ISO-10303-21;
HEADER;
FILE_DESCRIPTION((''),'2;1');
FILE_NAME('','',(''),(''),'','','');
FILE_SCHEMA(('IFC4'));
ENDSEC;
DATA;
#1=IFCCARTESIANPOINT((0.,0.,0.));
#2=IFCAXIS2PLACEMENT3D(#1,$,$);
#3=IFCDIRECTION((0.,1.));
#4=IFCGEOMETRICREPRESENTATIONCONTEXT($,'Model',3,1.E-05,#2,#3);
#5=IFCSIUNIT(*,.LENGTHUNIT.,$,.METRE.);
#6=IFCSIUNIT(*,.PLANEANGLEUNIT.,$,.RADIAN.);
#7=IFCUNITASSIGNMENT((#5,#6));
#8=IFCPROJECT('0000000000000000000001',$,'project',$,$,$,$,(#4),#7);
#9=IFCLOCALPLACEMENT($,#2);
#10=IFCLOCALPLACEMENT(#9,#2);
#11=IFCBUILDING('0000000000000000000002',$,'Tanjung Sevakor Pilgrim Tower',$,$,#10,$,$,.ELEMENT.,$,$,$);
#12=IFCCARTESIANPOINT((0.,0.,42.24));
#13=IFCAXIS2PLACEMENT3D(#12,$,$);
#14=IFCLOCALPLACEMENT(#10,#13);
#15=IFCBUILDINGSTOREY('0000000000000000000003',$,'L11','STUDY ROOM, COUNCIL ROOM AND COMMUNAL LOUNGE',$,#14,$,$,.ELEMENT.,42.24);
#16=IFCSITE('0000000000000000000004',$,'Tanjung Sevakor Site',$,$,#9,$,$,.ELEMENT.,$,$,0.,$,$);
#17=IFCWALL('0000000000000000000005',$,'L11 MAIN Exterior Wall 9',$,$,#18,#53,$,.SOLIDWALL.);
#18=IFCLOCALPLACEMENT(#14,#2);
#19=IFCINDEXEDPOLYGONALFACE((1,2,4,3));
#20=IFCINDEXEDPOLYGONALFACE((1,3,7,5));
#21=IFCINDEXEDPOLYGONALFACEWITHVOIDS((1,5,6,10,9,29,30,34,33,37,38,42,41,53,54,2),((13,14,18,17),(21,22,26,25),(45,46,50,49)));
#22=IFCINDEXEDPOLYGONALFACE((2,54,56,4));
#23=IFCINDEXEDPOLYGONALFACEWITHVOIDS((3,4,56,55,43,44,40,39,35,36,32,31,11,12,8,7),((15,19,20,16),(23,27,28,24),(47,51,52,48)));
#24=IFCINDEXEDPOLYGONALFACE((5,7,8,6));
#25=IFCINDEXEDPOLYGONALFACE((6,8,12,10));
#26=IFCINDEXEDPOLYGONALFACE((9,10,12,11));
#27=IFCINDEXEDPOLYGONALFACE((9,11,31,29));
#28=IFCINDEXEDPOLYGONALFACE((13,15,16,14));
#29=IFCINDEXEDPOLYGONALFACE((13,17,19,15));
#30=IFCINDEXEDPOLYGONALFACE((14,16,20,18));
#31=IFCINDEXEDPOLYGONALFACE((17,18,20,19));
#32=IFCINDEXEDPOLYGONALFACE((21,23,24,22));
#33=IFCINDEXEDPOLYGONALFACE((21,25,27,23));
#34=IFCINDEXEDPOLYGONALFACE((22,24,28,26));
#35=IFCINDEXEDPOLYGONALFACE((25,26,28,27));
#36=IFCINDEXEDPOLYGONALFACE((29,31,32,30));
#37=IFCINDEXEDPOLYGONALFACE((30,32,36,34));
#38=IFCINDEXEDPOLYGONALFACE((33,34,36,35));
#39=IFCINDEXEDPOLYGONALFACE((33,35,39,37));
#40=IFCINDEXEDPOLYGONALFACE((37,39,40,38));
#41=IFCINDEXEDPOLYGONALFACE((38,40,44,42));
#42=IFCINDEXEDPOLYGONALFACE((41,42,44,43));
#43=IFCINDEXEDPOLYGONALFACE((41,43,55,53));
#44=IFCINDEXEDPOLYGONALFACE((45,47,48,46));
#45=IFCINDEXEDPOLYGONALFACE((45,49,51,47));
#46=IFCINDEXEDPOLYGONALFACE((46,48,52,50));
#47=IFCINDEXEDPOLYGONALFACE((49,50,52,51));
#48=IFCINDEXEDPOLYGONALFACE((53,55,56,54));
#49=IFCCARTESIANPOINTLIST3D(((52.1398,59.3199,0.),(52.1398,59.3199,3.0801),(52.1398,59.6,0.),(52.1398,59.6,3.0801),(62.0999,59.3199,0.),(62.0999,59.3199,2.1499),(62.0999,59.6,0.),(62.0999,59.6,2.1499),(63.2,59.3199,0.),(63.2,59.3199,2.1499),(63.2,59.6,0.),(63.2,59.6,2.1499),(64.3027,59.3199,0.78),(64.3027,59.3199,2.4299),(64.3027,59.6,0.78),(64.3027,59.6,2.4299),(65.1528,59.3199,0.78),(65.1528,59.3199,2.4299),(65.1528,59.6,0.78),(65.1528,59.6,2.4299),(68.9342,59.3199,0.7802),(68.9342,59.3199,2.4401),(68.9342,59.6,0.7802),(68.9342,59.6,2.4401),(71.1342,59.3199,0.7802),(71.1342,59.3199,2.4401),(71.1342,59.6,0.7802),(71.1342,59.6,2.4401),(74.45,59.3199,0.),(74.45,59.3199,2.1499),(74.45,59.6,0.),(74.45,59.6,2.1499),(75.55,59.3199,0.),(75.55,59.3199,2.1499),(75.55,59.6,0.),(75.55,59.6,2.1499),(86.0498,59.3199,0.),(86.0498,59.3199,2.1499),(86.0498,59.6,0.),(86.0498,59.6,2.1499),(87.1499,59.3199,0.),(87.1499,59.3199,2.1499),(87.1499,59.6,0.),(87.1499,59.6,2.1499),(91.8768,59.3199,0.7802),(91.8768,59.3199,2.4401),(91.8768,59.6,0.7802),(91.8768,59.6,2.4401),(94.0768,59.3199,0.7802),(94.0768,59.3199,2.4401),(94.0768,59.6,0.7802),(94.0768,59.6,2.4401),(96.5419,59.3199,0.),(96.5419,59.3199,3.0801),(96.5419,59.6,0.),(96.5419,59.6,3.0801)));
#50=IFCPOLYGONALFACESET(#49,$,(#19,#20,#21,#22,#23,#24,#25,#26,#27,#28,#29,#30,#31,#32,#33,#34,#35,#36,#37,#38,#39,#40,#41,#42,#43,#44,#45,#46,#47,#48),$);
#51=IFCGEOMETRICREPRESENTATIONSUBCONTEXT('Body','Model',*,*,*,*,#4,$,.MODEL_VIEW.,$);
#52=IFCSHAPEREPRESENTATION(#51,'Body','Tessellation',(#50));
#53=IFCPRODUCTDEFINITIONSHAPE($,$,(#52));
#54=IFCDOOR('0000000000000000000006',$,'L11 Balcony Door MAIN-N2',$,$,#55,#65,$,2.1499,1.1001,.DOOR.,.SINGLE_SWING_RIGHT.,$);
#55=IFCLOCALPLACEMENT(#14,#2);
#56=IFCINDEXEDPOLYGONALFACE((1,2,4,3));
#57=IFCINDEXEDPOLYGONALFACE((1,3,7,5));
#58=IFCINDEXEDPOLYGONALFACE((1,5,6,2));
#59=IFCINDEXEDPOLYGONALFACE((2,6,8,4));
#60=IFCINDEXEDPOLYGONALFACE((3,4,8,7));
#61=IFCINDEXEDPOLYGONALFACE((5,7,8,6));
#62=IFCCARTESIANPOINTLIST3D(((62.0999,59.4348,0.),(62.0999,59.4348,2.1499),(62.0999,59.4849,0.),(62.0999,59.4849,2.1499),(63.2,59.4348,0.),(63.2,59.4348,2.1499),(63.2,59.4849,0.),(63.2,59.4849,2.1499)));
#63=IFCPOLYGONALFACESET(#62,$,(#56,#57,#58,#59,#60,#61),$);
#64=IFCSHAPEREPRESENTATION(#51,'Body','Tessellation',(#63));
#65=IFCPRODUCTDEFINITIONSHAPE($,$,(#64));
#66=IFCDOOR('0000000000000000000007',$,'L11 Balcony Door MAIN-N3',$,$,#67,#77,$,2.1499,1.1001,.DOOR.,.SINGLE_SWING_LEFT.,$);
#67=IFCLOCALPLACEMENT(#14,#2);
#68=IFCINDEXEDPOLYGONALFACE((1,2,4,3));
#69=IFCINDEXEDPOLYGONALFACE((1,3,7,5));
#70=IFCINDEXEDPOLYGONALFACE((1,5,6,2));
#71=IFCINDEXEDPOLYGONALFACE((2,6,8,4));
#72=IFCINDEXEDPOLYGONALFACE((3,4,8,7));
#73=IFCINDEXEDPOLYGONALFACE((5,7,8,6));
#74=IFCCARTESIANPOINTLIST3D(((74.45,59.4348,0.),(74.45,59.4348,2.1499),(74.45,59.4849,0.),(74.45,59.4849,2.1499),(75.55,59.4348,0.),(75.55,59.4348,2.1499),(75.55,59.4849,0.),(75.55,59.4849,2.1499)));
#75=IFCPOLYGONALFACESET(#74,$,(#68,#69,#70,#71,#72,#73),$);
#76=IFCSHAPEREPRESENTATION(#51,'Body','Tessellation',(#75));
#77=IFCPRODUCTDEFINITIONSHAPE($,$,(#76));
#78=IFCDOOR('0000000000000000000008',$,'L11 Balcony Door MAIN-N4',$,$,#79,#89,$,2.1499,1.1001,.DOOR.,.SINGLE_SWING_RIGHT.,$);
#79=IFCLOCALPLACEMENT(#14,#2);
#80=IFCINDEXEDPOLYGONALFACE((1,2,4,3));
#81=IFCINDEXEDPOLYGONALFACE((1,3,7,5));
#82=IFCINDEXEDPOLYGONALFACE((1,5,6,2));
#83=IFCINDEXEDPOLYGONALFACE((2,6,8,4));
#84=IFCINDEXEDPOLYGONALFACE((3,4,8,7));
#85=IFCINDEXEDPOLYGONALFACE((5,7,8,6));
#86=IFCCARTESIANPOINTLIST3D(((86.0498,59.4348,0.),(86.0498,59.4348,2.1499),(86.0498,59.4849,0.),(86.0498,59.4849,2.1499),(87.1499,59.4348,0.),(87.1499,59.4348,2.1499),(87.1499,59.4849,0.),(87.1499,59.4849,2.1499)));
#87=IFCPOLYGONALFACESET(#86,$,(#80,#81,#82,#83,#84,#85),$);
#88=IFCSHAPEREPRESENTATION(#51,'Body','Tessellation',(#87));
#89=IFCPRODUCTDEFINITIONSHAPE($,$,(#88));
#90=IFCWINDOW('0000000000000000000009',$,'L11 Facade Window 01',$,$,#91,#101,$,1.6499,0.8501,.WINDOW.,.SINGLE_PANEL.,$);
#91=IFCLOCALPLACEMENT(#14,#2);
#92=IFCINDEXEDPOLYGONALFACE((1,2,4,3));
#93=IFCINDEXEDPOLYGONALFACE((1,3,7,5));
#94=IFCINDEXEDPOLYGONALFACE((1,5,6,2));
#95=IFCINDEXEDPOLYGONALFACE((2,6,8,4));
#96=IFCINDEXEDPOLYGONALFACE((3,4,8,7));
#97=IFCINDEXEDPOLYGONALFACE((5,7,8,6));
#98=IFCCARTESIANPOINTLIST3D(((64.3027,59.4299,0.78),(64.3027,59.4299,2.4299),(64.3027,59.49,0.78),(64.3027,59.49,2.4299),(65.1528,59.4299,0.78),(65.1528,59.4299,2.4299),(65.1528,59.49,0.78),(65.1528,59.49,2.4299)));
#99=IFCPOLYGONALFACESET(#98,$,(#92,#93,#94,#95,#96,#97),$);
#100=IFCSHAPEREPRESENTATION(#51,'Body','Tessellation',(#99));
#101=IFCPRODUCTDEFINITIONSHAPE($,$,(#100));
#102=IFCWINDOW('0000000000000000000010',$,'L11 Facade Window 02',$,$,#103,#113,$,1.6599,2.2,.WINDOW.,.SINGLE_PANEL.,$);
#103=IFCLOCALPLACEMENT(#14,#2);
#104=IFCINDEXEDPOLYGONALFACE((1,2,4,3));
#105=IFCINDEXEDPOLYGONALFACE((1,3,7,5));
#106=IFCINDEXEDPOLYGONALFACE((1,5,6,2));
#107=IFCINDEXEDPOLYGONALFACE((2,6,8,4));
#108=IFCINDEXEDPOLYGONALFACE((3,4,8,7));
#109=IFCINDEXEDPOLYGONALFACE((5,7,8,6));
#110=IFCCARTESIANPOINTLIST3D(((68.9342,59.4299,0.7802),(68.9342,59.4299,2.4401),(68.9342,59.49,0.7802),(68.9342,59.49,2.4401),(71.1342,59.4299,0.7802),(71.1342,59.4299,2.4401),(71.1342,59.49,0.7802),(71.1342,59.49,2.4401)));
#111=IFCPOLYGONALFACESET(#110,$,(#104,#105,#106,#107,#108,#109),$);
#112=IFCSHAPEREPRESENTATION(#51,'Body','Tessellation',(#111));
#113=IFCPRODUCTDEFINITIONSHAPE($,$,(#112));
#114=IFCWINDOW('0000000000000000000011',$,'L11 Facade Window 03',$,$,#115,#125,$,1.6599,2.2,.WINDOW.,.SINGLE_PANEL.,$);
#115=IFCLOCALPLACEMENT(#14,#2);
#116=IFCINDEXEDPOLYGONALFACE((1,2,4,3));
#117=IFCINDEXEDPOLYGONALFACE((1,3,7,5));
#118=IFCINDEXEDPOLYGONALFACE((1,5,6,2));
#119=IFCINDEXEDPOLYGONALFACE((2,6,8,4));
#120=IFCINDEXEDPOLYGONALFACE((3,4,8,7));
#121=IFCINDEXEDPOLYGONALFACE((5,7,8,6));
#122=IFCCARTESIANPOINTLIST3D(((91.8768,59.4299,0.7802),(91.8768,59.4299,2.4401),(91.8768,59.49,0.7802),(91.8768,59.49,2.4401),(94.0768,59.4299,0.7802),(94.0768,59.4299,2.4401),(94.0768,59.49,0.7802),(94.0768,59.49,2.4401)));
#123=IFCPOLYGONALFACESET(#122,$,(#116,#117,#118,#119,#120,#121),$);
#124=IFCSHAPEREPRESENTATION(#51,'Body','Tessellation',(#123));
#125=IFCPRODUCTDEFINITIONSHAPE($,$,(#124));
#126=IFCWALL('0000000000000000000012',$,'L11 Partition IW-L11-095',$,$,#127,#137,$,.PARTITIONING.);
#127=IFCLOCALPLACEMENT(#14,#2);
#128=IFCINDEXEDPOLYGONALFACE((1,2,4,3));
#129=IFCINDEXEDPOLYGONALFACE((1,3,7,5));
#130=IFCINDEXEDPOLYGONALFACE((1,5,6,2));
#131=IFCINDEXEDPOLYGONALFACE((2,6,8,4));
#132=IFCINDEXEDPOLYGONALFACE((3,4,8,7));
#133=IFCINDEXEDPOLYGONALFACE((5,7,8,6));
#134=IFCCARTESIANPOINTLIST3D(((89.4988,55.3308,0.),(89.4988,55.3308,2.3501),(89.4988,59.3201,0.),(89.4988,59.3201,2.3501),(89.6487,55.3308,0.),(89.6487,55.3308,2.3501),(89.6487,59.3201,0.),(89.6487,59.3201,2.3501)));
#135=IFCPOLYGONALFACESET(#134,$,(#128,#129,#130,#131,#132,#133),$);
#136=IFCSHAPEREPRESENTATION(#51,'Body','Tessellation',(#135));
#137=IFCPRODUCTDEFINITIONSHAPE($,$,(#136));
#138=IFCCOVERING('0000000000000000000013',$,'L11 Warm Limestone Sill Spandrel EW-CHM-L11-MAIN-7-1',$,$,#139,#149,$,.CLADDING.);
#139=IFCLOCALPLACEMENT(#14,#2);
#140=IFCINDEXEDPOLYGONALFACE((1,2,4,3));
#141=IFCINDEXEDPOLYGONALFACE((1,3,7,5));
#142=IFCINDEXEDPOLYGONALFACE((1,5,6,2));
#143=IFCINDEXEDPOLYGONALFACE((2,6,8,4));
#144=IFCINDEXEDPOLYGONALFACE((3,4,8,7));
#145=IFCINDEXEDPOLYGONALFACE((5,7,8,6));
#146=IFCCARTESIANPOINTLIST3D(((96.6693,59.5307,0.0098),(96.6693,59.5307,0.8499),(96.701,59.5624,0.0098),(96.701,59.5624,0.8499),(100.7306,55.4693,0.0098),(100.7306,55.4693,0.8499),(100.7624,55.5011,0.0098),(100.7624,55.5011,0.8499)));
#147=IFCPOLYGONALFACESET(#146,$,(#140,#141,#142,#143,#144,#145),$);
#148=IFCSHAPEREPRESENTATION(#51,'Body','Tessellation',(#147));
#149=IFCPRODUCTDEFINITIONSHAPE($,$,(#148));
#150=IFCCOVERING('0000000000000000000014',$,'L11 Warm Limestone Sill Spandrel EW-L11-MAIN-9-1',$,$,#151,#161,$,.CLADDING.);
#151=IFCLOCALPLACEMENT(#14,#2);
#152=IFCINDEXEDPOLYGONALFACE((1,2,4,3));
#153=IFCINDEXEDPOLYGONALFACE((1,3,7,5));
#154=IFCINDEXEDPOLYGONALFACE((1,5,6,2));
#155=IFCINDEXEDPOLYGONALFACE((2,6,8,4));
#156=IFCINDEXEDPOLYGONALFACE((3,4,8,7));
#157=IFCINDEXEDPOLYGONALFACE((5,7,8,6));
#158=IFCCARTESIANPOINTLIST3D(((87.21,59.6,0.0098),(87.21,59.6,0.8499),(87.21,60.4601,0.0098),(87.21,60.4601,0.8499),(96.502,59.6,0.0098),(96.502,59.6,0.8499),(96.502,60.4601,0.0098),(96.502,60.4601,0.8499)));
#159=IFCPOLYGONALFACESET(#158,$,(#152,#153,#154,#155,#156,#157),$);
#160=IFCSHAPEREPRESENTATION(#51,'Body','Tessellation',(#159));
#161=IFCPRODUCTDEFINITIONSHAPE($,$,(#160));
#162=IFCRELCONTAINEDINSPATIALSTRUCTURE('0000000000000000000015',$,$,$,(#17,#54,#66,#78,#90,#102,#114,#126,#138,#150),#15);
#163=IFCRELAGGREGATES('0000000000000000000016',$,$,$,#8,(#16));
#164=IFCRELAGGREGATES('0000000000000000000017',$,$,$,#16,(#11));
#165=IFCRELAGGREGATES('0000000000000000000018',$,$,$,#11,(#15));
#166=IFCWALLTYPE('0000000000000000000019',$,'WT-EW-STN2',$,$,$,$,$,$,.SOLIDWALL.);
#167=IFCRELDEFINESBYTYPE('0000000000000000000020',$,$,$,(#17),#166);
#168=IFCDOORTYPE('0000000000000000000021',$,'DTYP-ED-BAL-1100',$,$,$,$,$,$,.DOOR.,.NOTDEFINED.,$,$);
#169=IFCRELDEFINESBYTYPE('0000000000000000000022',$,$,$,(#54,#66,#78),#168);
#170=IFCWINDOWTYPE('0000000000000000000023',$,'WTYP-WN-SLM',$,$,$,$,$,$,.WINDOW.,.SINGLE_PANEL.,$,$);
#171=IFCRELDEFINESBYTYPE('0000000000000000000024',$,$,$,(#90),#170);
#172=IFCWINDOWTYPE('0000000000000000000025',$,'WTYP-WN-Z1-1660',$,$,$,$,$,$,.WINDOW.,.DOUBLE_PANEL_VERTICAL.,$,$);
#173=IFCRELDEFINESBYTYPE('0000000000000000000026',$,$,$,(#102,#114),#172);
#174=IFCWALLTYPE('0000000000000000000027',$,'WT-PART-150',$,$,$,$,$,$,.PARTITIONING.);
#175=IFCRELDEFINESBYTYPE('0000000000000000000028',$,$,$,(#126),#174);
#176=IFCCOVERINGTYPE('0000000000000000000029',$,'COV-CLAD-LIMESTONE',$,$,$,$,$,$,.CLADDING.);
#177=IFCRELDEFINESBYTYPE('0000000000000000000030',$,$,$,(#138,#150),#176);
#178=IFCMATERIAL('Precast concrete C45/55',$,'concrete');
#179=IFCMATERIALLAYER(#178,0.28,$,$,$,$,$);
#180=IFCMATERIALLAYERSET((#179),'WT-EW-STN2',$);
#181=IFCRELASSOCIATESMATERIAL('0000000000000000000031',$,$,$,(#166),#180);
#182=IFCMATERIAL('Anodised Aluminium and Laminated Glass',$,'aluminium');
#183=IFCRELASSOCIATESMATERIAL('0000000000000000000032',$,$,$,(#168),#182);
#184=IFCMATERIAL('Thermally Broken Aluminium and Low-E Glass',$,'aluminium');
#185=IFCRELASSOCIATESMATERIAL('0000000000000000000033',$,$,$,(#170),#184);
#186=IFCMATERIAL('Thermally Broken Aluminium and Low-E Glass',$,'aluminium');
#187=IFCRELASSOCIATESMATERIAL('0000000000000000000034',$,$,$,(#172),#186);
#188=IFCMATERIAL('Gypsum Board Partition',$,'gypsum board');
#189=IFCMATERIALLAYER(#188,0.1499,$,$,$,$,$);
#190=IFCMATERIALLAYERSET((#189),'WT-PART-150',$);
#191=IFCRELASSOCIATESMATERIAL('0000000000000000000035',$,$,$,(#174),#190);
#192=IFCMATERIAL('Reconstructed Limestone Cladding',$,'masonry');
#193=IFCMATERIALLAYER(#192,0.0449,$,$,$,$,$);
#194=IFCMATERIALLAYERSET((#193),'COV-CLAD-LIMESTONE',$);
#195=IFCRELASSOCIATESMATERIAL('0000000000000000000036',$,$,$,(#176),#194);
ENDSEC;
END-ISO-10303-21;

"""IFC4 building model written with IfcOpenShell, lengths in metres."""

from ifc_helpers import new_model, si_unit, direction, frame, frame_2d, origin, origin_2d, place, context, subcontext, project, spatial, rectangle, extrude, material, layer, layer_set, type_object, element, fill, save


model = new_model("IFC4")

# Units and contexts
model_context = context("Model", 3, precision=1e-05, world=origin(), true_north=direction((0.0, 1.0)))
body_context = subcontext(model_context, "Body", "Model", "MODEL_VIEW")
ifc_project = project(units=[si_unit("LENGTHUNIT", "METRE"), si_unit("PLANEANGLEUNIT", "RADIAN")], contexts=[model_context])

# Site, building, storey
site_placement = place(None, origin())
site = spatial("IfcSite", under=ifc_project, at=site_placement, Name="Tanjung Sevakor Site", CompositionType="ELEMENT", RefElevation=0.0)
building_placement = place(site_placement, origin())
building = spatial("IfcBuilding", under=site, at=building_placement, Name="Tanjung Sevakor Pilgrim Tower", CompositionType="ELEMENT")
storey_placement = place(building_placement, frame((0.0, 0.0, 42.24)))
storey = spatial("IfcBuildingStorey", under=building, at=storey_placement, Name="L11", Description="STUDY ROOM, COUNCIL ROOM AND COMMUNAL LOUNGE", CompositionType="ELEMENT", Elevation=42.24)

# Shared definitions
ifc_material_1 = material(Name="Precast concrete C45/55", Category="concrete")
ifc_layer_1 = layer(ifc_material_1, 0.28)
ifc_layer_set_1 = layer_set([ifc_layer_1], Name="WT-EW-STN2")
wall_type_1 = type_object("IfcWallType", Name="WT-EW-STN2", PredefinedType="SOLIDWALL", material=ifc_layer_set_1)

# Wall, openings, doors, windows
wall_1_placement = place(storey_placement, frame((96.542, 59.46, 0.0), z_axis=(0.0, 0.0, 1.0), x_axis=(-1.0, 0.0, 0.0)))
wall_1 = element("IfcWall", 1, at=wall_1_placement, inside=storey, type_object=wall_type_1, Name="L11 MAIN Exterior Wall 9", PredefinedType="SOLIDWALL", context=body_context, shape_type="SweptSolid", body=[
    extrude(rectangle(XDim=44.4021, YDim=0.28, at=frame_2d((22.2012, 0.0))), origin(), (0.0, 0.0, 1.0), 3.0801),
])
opening_1_placement = place(wall_1_placement, frame((33.342, 0.0, 0.0)))
opening_1 = element("IfcOpeningElement", 2, at=opening_1_placement, cuts=wall_1, PredefinedType="OPENING", context=body_context, shape_type="SweptSolid", body=[
    extrude(rectangle(XDim=1.1001, YDim=2.1499, at=frame_2d((0.55, 1.075))), frame((0.0, 0.1499, 0.0), z_axis=(0.0, -1.0, 0.0), x_axis=(1.0, 0.0, 0.0)), (0.0, 0.0, 1.0), 0.3),
])
opening_2_placement = place(wall_1_placement, frame((20.9919, 0.0, 0.0)))
opening_2 = element("IfcOpeningElement", 3, at=opening_2_placement, cuts=wall_1, PredefinedType="OPENING", context=body_context, shape_type="SweptSolid", body=[
    extrude(rectangle(XDim=1.1001, YDim=2.1499, at=frame_2d((0.55, 1.075))), frame((0.0, 0.1499, 0.0), z_axis=(0.0, -1.0, 0.0), x_axis=(1.0, 0.0, 0.0)), (0.0, 0.0, 1.0), 0.3),
])
opening_3_placement = place(wall_1_placement, frame((9.3921, 0.0, 0.0)))
opening_3 = element("IfcOpeningElement", 4, at=opening_3_placement, cuts=wall_1, PredefinedType="OPENING", context=body_context, shape_type="SweptSolid", body=[
    extrude(rectangle(XDim=1.1001, YDim=2.1499, at=frame_2d((0.55, 1.075))), frame((0.0, 0.1499, 0.0), z_axis=(0.0, -1.0, 0.0), x_axis=(1.0, 0.0, 0.0)), (0.0, 0.0, 1.0), 0.3),
])
opening_4_placement = place(wall_1_placement, frame((31.3892, 0.0, 0.78)))
opening_4 = element("IfcOpeningElement", 5, at=opening_4_placement, cuts=wall_1, PredefinedType="OPENING", context=body_context, shape_type="SweptSolid", body=[
    extrude(rectangle(XDim=0.8501, YDim=1.6499, at=frame_2d((0.425, 0.825))), frame((0.0, 0.1499, 0.0), z_axis=(0.0, -1.0, 0.0), x_axis=(1.0, 0.0, 0.0)), (0.0, 0.0, 1.0), 0.3),
])
opening_5_placement = place(wall_1_placement, frame((25.4077, 0.0, 0.78)))
opening_5 = element("IfcOpeningElement", 6, at=opening_5_placement, cuts=wall_1, PredefinedType="OPENING", context=body_context, shape_type="SweptSolid", body=[
    extrude(rectangle(XDim=2.2, YDim=1.6599, at=frame_2d((1.1001, 0.8301))), frame((0.0, 0.1499, 0.0), z_axis=(0.0, -1.0, 0.0), x_axis=(1.0, 0.0, 0.0)), (0.0, 0.0, 1.0), 0.3),
])
opening_6_placement = place(wall_1_placement, frame((2.4651, 0.0, 0.78)))
opening_6 = element("IfcOpeningElement", 7, at=opening_6_placement, cuts=wall_1, PredefinedType="OPENING", context=body_context, shape_type="SweptSolid", body=[
    extrude(rectangle(XDim=2.2, YDim=1.6599, at=frame_2d((1.1001, 0.8301))), frame((0.0, 0.1499, 0.0), z_axis=(0.0, -1.0, 0.0), x_axis=(1.0, 0.0, 0.0)), (0.0, 0.0, 1.0), 0.3),
])
ifc_material_2 = material(Name="Anodised Aluminium and Laminated Glass", Category="aluminium")
door_type = type_object("IfcDoorType", Name="DTYP-ED-BAL-1100", OperationType="NOTDEFINED", PredefinedType="DOOR", material=ifc_material_2)
door_1_placement = place(opening_1_placement, frame((1.1001, 0.0, 0.0), z_axis=(0.0, 0.0, 1.0), x_axis=(-1.0, 0.0, 0.0)))
door_1 = element("IfcDoor", 8, at=door_1_placement, inside=storey, type_object=door_type, Name="L11 Balcony Door MAIN-N2", OperationType="SINGLE_SWING_RIGHT", OverallHeight=2.1499, OverallWidth=1.1001, PredefinedType="DOOR", context=body_context, shape_type="SweptSolid", body=[
    extrude(rectangle(XDim=1.1001, YDim=2.1499, at=frame_2d((0.55, 1.075))), frame((0.0, 0.0249, 0.0), z_axis=(0.0, -1.0, 0.0), x_axis=(1.0, 0.0, 0.0)), (0.0, 0.0, 1.0), 0.05),
])
fill(opening_1, door_1)
door_2_placement = place(opening_2_placement, frame((1.1001, 0.0, 0.0), z_axis=(0.0, 0.0, 1.0), x_axis=(-1.0, 0.0, 0.0)))
door_2 = element("IfcDoor", 9, at=door_2_placement, inside=storey, type_object=door_type, Name="L11 Balcony Door MAIN-N3", OperationType="SINGLE_SWING_LEFT", OverallHeight=2.1499, OverallWidth=1.1001, PredefinedType="DOOR", context=body_context, shape_type="SweptSolid", body=[
    extrude(rectangle(XDim=1.1001, YDim=2.1499, at=frame_2d((0.55, 1.075))), frame((0.0, 0.0249, 0.0), z_axis=(0.0, -1.0, 0.0), x_axis=(1.0, 0.0, 0.0)), (0.0, 0.0, 1.0), 0.05),
])
fill(opening_2, door_2)
door_3_placement = place(opening_3_placement, frame((1.1001, 0.0, 0.0), z_axis=(0.0, 0.0, 1.0), x_axis=(-1.0, 0.0, 0.0)))
door_3 = element("IfcDoor", 10, at=door_3_placement, inside=storey, type_object=door_type, Name="L11 Balcony Door MAIN-N4", OperationType="SINGLE_SWING_RIGHT", OverallHeight=2.1499, OverallWidth=1.1001, PredefinedType="DOOR", context=body_context, shape_type="SweptSolid", body=[
    extrude(rectangle(XDim=1.1001, YDim=2.1499, at=frame_2d((0.55, 1.075))), frame((0.0, 0.0249, 0.0), z_axis=(0.0, -1.0, 0.0), x_axis=(1.0, 0.0, 0.0)), (0.0, 0.0, 1.0), 0.05),
])
fill(opening_3, door_3)
ifc_material_3 = material(Name="Thermally Broken Aluminium and Low-E Glass", Category="aluminium")
window_type_1 = type_object("IfcWindowType", Name="WTYP-WN-SLM", PartitioningType="SINGLE_PANEL", PredefinedType="WINDOW", material=ifc_material_3)
window_1_placement = place(opening_4_placement, origin())
window_1 = element("IfcWindow", 11, at=window_1_placement, inside=storey, type_object=window_type_1, Name="L11 Facade Window 01", OverallHeight=1.6499, OverallWidth=0.8501, PartitioningType="SINGLE_PANEL", PredefinedType="WINDOW", context=body_context, shape_type="SweptSolid", body=[
    extrude(rectangle(XDim=0.8501, YDim=1.6499, at=frame_2d((0.425, 0.825))), frame((0.0, 0.03, 0.0), z_axis=(0.0, -1.0, 0.0), x_axis=(1.0, 0.0, 0.0)), (0.0, 0.0, 1.0), 0.0601),
])
fill(opening_4, window_1)
ifc_material_4 = material(Name="Thermally Broken Aluminium and Low-E Glass", Category="aluminium")
window_type_2 = type_object("IfcWindowType", Name="WTYP-WN-Z1-1660", PartitioningType="DOUBLE_PANEL_VERTICAL", PredefinedType="WINDOW", material=ifc_material_4)
window_2_placement = place(opening_5_placement, origin())
window_2 = element("IfcWindow", 12, at=window_2_placement, inside=storey, type_object=window_type_2, Name="L11 Facade Window 02", OverallHeight=1.6599, OverallWidth=2.2, PartitioningType="SINGLE_PANEL", PredefinedType="WINDOW", context=body_context, shape_type="SweptSolid", body=[
    extrude(rectangle(XDim=2.2, YDim=1.6599, at=frame_2d((1.1001, 0.8301))), frame((0.0, 0.03, 0.0), z_axis=(0.0, -1.0, 0.0), x_axis=(1.0, 0.0, 0.0)), (0.0, 0.0, 1.0), 0.0601),
])
fill(opening_5, window_2)
window_3_placement = place(opening_6_placement, origin())
window_3 = element("IfcWindow", 13, at=window_3_placement, inside=storey, type_object=window_type_2, Name="L11 Facade Window 03", OverallHeight=1.6599, OverallWidth=2.2, PartitioningType="SINGLE_PANEL", PredefinedType="WINDOW", context=body_context, shape_type="SweptSolid", body=[
    extrude(rectangle(XDim=2.2, YDim=1.6599, at=frame_2d((1.1001, 0.8301))), frame((0.0, 0.03, 0.0), z_axis=(0.0, -1.0, 0.0), x_axis=(1.0, 0.0, 0.0)), (0.0, 0.0, 1.0), 0.0601),
])
fill(opening_6, window_3)

# Wall
ifc_material_5 = material(Name="Gypsum Board Partition", Category="gypsum board")
ifc_layer_2 = layer(ifc_material_5, 0.1499)
ifc_layer_set_2 = layer_set([ifc_layer_2], Name="WT-PART-150")
wall_type_2 = type_object("IfcWallType", Name="WT-PART-150", PredefinedType="PARTITIONING", material=ifc_layer_set_2)
wall_2_placement = place(storey_placement, frame((89.5737, 55.3308, 0.0), z_axis=(0.0, 0.0, 1.0), x_axis=(0.0, 1.0, 0.0)))
element("IfcWall", 14, at=wall_2_placement, inside=storey, type_object=wall_type_2, Name="L11 Partition IW-L11-095", PredefinedType="PARTITIONING", context=body_context, shape_type="SweptSolid", body=[
    extrude(rectangle(XDim=3.9893, YDim=0.1499, at=frame_2d((1.9946, 0.0))), origin(), (0.0, 0.0, 1.0), 2.3501),
])

# Coverings
ifc_material_6 = material(Name="Reconstructed Limestone Cladding", Category="masonry")
ifc_layer_3 = layer(ifc_material_6, 0.0449)
ifc_layer_set_3 = layer_set([ifc_layer_3], Name="COV-CLAD-LIMESTONE")
covering_type = type_object("IfcCoveringType", Name="COV-CLAD-LIMESTONE", PredefinedType="CLADDING", material=ifc_layer_set_3)
covering_1_placement = place(storey_placement, frame((98.7158, 57.5159, 0.0098), z_axis=(0.0, 0.0, 1.0), x_axis=(-0.707107, 0.707107, 0.0)))
element("IfcCovering", 15, at=covering_1_placement, inside=storey, type_object=covering_type, Name="L11 Warm Limestone Sill Spandrel EW-CHM-L11-MAIN-7-1", PredefinedType="CLADDING", context=body_context, shape_type="SweptSolid", body=[
    extrude(rectangle(XDim=5.7437, YDim=0.0449, at=origin_2d()), origin(), (0.0, 0.0, 1.0), 0.8401),
])
covering_2_placement = place(storey_placement, frame((91.856, 60.03, 0.0098), z_axis=(0.0, 0.0, 1.0), x_axis=(-1.0, 0.0, 0.0)))
element("IfcCovering", 16, at=covering_2_placement, inside=storey, type_object=covering_type, Name="L11 Warm Limestone Sill Spandrel EW-L11-MAIN-9-1", PredefinedType="CLADDING", context=body_context, shape_type="SweptSolid", body=[
    extrude(rectangle(XDim=9.292, YDim=0.8601, at=origin_2d()), origin(), (0.0, 0.0, 1.0), 0.8401),
])

save(model, "model.ifc")
